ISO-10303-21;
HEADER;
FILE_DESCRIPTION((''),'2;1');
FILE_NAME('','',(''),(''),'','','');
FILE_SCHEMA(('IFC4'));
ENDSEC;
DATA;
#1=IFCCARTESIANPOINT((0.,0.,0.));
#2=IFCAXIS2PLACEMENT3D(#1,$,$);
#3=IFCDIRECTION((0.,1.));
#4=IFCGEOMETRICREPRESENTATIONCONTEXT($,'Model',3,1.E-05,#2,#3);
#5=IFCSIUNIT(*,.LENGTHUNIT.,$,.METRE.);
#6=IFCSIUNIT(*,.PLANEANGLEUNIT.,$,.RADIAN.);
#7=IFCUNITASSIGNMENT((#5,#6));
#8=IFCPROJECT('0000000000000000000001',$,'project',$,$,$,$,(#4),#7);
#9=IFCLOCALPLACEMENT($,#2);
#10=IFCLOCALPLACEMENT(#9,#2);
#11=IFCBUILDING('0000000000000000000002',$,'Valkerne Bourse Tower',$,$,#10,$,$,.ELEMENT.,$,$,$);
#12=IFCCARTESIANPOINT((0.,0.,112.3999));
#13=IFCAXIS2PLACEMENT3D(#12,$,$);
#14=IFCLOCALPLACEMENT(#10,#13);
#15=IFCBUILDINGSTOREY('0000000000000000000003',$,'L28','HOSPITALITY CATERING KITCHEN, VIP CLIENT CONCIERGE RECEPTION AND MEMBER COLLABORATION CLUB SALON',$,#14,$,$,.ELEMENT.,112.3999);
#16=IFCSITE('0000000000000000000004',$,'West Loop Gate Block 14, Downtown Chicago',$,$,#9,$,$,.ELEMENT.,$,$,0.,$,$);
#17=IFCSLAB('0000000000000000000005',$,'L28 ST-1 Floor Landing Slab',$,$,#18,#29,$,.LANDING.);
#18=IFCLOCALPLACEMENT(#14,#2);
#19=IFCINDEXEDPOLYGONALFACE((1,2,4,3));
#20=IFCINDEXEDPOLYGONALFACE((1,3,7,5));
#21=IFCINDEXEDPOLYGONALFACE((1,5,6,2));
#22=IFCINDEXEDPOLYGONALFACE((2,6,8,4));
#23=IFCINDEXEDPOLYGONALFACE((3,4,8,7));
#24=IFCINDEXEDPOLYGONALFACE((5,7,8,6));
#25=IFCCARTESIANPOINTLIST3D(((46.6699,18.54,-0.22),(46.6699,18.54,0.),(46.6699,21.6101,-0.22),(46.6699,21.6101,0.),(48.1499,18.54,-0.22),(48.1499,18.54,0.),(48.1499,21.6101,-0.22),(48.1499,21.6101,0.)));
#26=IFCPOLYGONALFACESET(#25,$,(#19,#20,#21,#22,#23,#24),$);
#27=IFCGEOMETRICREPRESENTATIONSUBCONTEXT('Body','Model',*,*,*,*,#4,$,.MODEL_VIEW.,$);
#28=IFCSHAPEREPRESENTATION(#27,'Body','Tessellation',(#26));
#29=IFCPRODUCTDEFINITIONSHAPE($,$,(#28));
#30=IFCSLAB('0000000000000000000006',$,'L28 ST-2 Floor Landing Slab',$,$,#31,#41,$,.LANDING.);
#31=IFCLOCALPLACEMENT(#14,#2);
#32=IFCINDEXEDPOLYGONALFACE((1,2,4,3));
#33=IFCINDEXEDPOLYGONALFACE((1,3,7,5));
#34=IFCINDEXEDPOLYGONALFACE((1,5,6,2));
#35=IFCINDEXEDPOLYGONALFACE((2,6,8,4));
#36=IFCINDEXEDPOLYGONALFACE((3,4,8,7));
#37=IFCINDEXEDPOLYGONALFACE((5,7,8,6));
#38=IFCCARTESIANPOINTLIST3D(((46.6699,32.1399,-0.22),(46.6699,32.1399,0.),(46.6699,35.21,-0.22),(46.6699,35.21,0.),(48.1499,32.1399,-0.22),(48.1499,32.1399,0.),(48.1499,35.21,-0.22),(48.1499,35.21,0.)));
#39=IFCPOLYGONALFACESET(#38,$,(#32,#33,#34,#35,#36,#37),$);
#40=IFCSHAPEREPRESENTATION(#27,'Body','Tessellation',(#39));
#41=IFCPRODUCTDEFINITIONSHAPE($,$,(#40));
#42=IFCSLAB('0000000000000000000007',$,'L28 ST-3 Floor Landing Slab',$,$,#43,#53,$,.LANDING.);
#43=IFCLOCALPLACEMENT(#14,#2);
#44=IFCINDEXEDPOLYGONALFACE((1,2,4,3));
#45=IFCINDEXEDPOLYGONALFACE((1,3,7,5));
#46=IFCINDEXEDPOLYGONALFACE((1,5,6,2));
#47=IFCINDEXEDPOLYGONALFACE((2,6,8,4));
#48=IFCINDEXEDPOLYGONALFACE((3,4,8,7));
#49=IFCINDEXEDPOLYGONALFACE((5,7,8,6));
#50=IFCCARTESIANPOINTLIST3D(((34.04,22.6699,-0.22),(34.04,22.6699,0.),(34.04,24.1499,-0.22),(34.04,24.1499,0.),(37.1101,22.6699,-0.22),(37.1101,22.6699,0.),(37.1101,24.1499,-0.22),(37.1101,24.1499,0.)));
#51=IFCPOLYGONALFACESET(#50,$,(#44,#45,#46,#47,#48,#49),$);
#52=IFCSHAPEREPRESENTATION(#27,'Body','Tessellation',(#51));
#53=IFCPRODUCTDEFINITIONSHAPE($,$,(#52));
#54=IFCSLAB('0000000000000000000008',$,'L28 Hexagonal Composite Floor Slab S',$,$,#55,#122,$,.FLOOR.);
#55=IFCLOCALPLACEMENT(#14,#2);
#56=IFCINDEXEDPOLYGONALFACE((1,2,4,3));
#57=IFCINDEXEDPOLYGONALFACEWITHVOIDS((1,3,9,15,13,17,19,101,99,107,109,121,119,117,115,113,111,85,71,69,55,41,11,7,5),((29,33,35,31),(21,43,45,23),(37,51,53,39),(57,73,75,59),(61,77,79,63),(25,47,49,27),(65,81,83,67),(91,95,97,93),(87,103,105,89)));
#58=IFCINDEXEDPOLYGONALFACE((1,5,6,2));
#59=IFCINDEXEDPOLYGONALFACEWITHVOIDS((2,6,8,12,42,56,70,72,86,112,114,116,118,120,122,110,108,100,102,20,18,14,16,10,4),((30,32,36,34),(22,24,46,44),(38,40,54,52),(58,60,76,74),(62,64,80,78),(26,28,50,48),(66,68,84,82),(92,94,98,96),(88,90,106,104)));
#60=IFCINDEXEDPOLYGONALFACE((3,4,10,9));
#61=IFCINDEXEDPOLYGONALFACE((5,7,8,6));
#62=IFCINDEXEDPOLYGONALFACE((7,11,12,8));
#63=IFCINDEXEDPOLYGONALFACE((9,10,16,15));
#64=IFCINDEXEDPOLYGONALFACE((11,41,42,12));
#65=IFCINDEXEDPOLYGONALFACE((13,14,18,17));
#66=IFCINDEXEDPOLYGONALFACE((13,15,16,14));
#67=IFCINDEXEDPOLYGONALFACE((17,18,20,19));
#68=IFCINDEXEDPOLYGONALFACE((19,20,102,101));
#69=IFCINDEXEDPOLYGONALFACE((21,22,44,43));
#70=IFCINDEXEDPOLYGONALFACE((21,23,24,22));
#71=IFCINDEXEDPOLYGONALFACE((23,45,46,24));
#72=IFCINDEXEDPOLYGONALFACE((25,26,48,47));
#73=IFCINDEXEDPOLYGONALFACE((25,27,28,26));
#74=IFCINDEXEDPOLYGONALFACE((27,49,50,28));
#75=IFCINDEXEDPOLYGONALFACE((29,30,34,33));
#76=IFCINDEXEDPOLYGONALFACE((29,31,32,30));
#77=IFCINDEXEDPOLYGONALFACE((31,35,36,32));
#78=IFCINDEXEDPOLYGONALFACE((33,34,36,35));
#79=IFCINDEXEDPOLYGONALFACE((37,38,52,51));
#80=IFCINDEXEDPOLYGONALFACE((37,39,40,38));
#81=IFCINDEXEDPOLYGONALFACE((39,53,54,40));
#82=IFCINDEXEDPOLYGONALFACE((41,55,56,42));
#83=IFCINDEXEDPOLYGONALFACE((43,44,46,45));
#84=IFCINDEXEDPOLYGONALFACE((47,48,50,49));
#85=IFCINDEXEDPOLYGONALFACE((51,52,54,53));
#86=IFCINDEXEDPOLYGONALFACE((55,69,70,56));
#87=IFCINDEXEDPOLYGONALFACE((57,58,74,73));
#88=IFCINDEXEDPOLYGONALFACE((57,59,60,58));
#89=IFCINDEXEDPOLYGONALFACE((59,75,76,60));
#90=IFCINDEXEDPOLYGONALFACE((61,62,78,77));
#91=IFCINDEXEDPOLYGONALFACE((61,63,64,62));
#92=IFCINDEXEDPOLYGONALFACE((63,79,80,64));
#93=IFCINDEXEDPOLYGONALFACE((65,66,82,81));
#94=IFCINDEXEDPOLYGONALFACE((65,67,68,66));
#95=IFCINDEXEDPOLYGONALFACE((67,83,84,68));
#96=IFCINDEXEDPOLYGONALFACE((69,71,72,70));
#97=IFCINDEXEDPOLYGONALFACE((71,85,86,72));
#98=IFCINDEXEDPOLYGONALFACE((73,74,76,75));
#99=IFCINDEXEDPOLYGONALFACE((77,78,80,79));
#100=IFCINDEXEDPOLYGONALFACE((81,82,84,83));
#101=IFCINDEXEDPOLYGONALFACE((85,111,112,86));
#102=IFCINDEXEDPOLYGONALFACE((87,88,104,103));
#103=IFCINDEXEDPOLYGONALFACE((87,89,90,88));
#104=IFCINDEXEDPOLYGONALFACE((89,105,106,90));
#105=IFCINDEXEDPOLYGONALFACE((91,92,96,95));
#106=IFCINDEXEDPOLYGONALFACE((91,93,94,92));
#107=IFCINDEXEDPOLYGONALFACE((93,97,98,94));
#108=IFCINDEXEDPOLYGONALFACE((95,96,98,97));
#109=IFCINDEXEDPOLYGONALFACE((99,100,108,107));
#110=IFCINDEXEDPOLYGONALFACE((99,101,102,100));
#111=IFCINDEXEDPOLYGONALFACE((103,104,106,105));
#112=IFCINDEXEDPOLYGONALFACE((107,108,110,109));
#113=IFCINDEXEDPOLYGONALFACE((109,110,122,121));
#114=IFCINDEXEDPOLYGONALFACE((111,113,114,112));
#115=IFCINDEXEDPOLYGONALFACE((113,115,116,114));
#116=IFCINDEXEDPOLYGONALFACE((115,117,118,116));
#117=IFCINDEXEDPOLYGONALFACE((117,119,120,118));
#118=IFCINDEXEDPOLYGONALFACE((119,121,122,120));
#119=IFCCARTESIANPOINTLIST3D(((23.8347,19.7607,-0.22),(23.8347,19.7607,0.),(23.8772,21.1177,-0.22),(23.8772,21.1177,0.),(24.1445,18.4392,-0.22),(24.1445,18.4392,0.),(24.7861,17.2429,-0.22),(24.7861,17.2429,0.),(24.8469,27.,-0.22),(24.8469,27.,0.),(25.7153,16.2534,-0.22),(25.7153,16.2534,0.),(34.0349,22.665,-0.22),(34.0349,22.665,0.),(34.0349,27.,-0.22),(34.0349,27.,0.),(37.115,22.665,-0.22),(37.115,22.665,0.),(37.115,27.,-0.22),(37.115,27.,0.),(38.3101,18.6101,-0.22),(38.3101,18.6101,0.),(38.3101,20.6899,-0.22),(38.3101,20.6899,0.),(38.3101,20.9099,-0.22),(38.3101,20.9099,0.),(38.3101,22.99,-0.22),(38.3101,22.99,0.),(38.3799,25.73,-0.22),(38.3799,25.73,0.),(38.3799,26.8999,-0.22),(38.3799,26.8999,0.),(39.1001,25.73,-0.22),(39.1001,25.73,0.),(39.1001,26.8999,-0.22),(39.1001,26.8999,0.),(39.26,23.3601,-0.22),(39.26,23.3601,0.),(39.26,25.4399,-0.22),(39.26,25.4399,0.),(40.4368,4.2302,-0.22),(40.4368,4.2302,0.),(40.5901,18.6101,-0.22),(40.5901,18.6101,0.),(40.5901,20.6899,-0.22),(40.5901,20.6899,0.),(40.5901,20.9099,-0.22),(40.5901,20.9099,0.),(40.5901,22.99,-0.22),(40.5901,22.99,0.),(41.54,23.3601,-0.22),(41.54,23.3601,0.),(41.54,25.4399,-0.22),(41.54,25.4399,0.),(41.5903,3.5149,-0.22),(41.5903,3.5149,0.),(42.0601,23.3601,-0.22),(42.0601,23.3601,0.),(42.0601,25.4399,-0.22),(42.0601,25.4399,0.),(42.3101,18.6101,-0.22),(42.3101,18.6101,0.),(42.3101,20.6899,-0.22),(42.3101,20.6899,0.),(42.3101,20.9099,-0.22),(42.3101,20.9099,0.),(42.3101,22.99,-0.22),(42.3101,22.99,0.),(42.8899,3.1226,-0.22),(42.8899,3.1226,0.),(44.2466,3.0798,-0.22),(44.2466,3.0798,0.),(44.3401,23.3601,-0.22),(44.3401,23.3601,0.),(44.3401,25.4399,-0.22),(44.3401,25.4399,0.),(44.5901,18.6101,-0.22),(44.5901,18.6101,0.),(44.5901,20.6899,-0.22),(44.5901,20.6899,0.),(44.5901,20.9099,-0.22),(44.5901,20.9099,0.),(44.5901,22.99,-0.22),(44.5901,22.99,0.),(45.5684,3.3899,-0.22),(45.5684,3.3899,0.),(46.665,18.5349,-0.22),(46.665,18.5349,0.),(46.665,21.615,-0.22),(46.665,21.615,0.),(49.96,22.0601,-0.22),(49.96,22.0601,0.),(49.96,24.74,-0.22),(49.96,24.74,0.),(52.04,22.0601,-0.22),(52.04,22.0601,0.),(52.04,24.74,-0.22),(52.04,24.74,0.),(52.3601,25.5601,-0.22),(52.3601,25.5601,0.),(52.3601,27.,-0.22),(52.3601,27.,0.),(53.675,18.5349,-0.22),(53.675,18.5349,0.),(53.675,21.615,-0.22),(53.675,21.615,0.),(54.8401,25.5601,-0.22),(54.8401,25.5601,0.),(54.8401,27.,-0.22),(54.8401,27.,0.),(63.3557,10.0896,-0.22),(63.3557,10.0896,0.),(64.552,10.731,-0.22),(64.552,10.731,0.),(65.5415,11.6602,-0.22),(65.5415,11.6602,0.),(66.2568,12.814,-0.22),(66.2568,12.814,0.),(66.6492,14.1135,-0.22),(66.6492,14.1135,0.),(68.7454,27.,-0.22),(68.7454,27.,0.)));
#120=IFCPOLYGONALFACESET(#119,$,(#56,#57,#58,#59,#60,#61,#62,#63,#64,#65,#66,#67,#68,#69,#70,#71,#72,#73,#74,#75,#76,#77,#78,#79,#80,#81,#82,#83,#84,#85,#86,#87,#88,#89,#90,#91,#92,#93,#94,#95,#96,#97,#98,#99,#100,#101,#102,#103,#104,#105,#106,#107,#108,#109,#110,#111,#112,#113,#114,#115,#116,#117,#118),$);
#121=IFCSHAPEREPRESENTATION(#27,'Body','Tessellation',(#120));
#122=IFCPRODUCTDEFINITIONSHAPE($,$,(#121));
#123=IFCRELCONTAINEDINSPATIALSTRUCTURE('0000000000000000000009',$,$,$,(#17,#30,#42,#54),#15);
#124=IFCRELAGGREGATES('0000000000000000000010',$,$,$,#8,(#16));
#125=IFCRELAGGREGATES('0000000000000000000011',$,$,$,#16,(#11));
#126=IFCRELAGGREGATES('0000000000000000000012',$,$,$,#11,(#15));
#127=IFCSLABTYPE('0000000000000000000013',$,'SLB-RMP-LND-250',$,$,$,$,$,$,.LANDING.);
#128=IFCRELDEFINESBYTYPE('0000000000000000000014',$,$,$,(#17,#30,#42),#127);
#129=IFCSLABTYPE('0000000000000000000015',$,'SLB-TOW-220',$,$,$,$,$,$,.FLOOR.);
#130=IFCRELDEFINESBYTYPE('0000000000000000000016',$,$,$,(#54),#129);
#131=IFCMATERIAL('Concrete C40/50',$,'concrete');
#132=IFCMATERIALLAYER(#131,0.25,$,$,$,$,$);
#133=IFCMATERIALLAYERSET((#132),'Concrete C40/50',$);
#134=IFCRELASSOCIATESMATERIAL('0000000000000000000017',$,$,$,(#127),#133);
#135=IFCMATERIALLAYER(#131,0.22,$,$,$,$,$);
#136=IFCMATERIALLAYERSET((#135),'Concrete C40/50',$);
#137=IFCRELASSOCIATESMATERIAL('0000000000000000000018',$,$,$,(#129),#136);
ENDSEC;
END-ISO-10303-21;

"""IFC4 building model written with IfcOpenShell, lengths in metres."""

from ifc_helpers import new_model, si_unit, direction, frame, origin, place, context, subcontext, project, spatial, polyline, outline, extrude, material, layer, layer_set, type_object, element, save


model = new_model("IFC4")

# Units and contexts
model_context = context("Model", 3, precision=1e-05, world=origin(), true_north=direction((0.0, 1.0)))
body_context = subcontext(model_context, "Body", "Model", "MODEL_VIEW")
ifc_project = project(units=[si_unit("LENGTHUNIT", "METRE"), si_unit("PLANEANGLEUNIT", "RADIAN")], contexts=[model_context])

# Site, building, storey
site_placement = place(None, origin())
site = spatial("IfcSite", under=ifc_project, at=site_placement, Name="West Loop Gate Block 14, Downtown Chicago", CompositionType="ELEMENT", RefElevation=0.0)
building_placement = place(site_placement, origin())
building = spatial("IfcBuilding", under=site, at=building_placement, Name="Valkerne Bourse Tower", CompositionType="ELEMENT")
storey_placement = place(building_placement, frame((0.0, 0.0, 112.3999)))
storey = spatial("IfcBuildingStorey", under=building, at=storey_placement, Name="L28", Description="HOSPITALITY CATERING KITCHEN, VIP CLIENT CONCIERGE RECEPTION AND MEMBER COLLABORATION CLUB SALON", CompositionType="ELEMENT", Elevation=112.3999)

# Slabs
ifc_material_1 = material(Name="Concrete C40/50", Category="concrete")
ifc_layer_1 = layer(ifc_material_1, 0.25)
ifc_layer_set_1 = layer_set([ifc_layer_1], Name="Concrete C40/50")
slab_type_1 = type_object("IfcSlabType", Name="SLB-RMP-LND-250", PredefinedType="LANDING", material=ifc_layer_set_1)
slab_1_placement = place(storey_placement, frame((0.0, 0.0, -0.22)))
element("IfcSlab", 1, at=slab_1_placement, inside=storey, type_object=slab_type_1, Name="L28 ST-1 Floor Landing Slab", PredefinedType="LANDING", context=body_context, shape_type="SweptSolid", body=[
    extrude(outline(polyline([(46.6699, 18.54), (48.1499, 18.54), (48.1499, 21.6101), (46.6699, 21.6101), (46.6699, 18.54)])), origin(), (0.0, 0.0, 1.0), 0.22),
])
slab_2_placement = place(storey_placement, frame((0.0, 0.0, -0.22)))
element("IfcSlab", 2, at=slab_2_placement, inside=storey, type_object=slab_type_1, Name="L28 ST-2 Floor Landing Slab", PredefinedType="LANDING", context=body_context, shape_type="SweptSolid", body=[
    extrude(outline(polyline([(46.6699, 32.1399), (48.1499, 32.1399), (48.1499, 35.21), (46.6699, 35.21), (46.6699, 32.1399)])), origin(), (0.0, 0.0, 1.0), 0.22),
])
slab_3_placement = place(storey_placement, frame((0.0, 0.0, -0.22)))
element("IfcSlab", 3, at=slab_3_placement, inside=storey, type_object=slab_type_1, Name="L28 ST-3 Floor Landing Slab", PredefinedType="LANDING", context=body_context, shape_type="SweptSolid", body=[
    extrude(outline(polyline([(37.1101, 22.6699), (37.1101, 24.1499), (34.04, 24.1499), (34.04, 22.6699), (37.1101, 22.6699)])), origin(), (0.0, 0.0, 1.0), 0.22),
])
ifc_layer_2 = layer(ifc_material_1, 0.22)
ifc_layer_set_2 = layer_set([ifc_layer_2], Name="Concrete C40/50")
slab_type_2 = type_object("IfcSlabType", Name="SLB-TOW-220", PredefinedType="FLOOR", material=ifc_layer_set_2)
slab_4_placement = place(storey_placement, frame((0.0, 0.0, -0.22)))
element("IfcSlab", 4, at=slab_4_placement, inside=storey, type_object=slab_type_2, Name="L28 Hexagonal Composite Floor Slab S", PredefinedType="FLOOR", context=body_context, shape_type="SweptSolid", body=[
    extrude(outline(polyline([(66.2568, 12.814), (65.5415, 11.6602), (64.552, 10.731), (63.3557, 10.0896), (45.5684, 3.3899), (44.2466, 3.0798), (42.8899, 3.1226), (41.5903, 3.5149), (40.4368, 4.2302), (25.7153, 16.2534), (24.7861, 17.2429), (24.1445, 18.4392), (23.8347, 19.7607), (23.8772, 21.1177), (24.8469, 27.0), (34.0349, 27.0), (34.0349, 22.665), (37.115, 22.665), (37.115, 27.0), (52.3601, 27.0), (52.3601, 25.5601), (54.8401, 25.5601), (54.8401, 27.0), (68.7454, 27.0), (66.6492, 14.1135), (66.2568, 12.814)]), holes=[polyline([(40.5901, 20.6899), (38.3101, 20.6899), (38.3101, 18.6101), (40.5901, 18.6101), (40.5901, 20.6899)]), polyline([(40.5901, 22.99), (38.3101, 22.99), (38.3101, 20.9099), (40.5901, 20.9099), (40.5901, 22.99)]), polyline([(41.54, 25.4399), (39.26, 25.4399), (39.26, 23.3601), (41.54, 23.3601), (41.54, 25.4399)]), polyline([(39.1001, 25.73), (39.1001, 26.8999), (38.3799, 26.8999), (38.3799, 25.73), (39.1001, 25.73)]), polyline([(44.5901, 20.6899), (42.3101, 20.6899), (42.3101, 18.6101), (44.5901, 18.6101), (44.5901, 20.6899)]), polyline([(53.675, 21.615), (46.665, 21.615), (46.665, 18.5349), (53.675, 18.5349), (53.675, 21.615)]), polyline([(44.5901, 22.99), (42.3101, 22.99), (42.3101, 20.9099), (44.5901, 20.9099), (44.5901, 22.99)]), polyline([(52.04, 22.0601), (52.04, 24.74), (49.96, 24.74), (49.96, 22.0601), (52.04, 22.0601)]), polyline([(44.3401, 23.3601), (44.3401, 25.4399), (42.0601, 25.4399), (42.0601, 23.3601), (44.3401, 23.3601)])]), origin(), (0.0, 0.0, 1.0), 0.22),
])

save(model, "model.ifc")
